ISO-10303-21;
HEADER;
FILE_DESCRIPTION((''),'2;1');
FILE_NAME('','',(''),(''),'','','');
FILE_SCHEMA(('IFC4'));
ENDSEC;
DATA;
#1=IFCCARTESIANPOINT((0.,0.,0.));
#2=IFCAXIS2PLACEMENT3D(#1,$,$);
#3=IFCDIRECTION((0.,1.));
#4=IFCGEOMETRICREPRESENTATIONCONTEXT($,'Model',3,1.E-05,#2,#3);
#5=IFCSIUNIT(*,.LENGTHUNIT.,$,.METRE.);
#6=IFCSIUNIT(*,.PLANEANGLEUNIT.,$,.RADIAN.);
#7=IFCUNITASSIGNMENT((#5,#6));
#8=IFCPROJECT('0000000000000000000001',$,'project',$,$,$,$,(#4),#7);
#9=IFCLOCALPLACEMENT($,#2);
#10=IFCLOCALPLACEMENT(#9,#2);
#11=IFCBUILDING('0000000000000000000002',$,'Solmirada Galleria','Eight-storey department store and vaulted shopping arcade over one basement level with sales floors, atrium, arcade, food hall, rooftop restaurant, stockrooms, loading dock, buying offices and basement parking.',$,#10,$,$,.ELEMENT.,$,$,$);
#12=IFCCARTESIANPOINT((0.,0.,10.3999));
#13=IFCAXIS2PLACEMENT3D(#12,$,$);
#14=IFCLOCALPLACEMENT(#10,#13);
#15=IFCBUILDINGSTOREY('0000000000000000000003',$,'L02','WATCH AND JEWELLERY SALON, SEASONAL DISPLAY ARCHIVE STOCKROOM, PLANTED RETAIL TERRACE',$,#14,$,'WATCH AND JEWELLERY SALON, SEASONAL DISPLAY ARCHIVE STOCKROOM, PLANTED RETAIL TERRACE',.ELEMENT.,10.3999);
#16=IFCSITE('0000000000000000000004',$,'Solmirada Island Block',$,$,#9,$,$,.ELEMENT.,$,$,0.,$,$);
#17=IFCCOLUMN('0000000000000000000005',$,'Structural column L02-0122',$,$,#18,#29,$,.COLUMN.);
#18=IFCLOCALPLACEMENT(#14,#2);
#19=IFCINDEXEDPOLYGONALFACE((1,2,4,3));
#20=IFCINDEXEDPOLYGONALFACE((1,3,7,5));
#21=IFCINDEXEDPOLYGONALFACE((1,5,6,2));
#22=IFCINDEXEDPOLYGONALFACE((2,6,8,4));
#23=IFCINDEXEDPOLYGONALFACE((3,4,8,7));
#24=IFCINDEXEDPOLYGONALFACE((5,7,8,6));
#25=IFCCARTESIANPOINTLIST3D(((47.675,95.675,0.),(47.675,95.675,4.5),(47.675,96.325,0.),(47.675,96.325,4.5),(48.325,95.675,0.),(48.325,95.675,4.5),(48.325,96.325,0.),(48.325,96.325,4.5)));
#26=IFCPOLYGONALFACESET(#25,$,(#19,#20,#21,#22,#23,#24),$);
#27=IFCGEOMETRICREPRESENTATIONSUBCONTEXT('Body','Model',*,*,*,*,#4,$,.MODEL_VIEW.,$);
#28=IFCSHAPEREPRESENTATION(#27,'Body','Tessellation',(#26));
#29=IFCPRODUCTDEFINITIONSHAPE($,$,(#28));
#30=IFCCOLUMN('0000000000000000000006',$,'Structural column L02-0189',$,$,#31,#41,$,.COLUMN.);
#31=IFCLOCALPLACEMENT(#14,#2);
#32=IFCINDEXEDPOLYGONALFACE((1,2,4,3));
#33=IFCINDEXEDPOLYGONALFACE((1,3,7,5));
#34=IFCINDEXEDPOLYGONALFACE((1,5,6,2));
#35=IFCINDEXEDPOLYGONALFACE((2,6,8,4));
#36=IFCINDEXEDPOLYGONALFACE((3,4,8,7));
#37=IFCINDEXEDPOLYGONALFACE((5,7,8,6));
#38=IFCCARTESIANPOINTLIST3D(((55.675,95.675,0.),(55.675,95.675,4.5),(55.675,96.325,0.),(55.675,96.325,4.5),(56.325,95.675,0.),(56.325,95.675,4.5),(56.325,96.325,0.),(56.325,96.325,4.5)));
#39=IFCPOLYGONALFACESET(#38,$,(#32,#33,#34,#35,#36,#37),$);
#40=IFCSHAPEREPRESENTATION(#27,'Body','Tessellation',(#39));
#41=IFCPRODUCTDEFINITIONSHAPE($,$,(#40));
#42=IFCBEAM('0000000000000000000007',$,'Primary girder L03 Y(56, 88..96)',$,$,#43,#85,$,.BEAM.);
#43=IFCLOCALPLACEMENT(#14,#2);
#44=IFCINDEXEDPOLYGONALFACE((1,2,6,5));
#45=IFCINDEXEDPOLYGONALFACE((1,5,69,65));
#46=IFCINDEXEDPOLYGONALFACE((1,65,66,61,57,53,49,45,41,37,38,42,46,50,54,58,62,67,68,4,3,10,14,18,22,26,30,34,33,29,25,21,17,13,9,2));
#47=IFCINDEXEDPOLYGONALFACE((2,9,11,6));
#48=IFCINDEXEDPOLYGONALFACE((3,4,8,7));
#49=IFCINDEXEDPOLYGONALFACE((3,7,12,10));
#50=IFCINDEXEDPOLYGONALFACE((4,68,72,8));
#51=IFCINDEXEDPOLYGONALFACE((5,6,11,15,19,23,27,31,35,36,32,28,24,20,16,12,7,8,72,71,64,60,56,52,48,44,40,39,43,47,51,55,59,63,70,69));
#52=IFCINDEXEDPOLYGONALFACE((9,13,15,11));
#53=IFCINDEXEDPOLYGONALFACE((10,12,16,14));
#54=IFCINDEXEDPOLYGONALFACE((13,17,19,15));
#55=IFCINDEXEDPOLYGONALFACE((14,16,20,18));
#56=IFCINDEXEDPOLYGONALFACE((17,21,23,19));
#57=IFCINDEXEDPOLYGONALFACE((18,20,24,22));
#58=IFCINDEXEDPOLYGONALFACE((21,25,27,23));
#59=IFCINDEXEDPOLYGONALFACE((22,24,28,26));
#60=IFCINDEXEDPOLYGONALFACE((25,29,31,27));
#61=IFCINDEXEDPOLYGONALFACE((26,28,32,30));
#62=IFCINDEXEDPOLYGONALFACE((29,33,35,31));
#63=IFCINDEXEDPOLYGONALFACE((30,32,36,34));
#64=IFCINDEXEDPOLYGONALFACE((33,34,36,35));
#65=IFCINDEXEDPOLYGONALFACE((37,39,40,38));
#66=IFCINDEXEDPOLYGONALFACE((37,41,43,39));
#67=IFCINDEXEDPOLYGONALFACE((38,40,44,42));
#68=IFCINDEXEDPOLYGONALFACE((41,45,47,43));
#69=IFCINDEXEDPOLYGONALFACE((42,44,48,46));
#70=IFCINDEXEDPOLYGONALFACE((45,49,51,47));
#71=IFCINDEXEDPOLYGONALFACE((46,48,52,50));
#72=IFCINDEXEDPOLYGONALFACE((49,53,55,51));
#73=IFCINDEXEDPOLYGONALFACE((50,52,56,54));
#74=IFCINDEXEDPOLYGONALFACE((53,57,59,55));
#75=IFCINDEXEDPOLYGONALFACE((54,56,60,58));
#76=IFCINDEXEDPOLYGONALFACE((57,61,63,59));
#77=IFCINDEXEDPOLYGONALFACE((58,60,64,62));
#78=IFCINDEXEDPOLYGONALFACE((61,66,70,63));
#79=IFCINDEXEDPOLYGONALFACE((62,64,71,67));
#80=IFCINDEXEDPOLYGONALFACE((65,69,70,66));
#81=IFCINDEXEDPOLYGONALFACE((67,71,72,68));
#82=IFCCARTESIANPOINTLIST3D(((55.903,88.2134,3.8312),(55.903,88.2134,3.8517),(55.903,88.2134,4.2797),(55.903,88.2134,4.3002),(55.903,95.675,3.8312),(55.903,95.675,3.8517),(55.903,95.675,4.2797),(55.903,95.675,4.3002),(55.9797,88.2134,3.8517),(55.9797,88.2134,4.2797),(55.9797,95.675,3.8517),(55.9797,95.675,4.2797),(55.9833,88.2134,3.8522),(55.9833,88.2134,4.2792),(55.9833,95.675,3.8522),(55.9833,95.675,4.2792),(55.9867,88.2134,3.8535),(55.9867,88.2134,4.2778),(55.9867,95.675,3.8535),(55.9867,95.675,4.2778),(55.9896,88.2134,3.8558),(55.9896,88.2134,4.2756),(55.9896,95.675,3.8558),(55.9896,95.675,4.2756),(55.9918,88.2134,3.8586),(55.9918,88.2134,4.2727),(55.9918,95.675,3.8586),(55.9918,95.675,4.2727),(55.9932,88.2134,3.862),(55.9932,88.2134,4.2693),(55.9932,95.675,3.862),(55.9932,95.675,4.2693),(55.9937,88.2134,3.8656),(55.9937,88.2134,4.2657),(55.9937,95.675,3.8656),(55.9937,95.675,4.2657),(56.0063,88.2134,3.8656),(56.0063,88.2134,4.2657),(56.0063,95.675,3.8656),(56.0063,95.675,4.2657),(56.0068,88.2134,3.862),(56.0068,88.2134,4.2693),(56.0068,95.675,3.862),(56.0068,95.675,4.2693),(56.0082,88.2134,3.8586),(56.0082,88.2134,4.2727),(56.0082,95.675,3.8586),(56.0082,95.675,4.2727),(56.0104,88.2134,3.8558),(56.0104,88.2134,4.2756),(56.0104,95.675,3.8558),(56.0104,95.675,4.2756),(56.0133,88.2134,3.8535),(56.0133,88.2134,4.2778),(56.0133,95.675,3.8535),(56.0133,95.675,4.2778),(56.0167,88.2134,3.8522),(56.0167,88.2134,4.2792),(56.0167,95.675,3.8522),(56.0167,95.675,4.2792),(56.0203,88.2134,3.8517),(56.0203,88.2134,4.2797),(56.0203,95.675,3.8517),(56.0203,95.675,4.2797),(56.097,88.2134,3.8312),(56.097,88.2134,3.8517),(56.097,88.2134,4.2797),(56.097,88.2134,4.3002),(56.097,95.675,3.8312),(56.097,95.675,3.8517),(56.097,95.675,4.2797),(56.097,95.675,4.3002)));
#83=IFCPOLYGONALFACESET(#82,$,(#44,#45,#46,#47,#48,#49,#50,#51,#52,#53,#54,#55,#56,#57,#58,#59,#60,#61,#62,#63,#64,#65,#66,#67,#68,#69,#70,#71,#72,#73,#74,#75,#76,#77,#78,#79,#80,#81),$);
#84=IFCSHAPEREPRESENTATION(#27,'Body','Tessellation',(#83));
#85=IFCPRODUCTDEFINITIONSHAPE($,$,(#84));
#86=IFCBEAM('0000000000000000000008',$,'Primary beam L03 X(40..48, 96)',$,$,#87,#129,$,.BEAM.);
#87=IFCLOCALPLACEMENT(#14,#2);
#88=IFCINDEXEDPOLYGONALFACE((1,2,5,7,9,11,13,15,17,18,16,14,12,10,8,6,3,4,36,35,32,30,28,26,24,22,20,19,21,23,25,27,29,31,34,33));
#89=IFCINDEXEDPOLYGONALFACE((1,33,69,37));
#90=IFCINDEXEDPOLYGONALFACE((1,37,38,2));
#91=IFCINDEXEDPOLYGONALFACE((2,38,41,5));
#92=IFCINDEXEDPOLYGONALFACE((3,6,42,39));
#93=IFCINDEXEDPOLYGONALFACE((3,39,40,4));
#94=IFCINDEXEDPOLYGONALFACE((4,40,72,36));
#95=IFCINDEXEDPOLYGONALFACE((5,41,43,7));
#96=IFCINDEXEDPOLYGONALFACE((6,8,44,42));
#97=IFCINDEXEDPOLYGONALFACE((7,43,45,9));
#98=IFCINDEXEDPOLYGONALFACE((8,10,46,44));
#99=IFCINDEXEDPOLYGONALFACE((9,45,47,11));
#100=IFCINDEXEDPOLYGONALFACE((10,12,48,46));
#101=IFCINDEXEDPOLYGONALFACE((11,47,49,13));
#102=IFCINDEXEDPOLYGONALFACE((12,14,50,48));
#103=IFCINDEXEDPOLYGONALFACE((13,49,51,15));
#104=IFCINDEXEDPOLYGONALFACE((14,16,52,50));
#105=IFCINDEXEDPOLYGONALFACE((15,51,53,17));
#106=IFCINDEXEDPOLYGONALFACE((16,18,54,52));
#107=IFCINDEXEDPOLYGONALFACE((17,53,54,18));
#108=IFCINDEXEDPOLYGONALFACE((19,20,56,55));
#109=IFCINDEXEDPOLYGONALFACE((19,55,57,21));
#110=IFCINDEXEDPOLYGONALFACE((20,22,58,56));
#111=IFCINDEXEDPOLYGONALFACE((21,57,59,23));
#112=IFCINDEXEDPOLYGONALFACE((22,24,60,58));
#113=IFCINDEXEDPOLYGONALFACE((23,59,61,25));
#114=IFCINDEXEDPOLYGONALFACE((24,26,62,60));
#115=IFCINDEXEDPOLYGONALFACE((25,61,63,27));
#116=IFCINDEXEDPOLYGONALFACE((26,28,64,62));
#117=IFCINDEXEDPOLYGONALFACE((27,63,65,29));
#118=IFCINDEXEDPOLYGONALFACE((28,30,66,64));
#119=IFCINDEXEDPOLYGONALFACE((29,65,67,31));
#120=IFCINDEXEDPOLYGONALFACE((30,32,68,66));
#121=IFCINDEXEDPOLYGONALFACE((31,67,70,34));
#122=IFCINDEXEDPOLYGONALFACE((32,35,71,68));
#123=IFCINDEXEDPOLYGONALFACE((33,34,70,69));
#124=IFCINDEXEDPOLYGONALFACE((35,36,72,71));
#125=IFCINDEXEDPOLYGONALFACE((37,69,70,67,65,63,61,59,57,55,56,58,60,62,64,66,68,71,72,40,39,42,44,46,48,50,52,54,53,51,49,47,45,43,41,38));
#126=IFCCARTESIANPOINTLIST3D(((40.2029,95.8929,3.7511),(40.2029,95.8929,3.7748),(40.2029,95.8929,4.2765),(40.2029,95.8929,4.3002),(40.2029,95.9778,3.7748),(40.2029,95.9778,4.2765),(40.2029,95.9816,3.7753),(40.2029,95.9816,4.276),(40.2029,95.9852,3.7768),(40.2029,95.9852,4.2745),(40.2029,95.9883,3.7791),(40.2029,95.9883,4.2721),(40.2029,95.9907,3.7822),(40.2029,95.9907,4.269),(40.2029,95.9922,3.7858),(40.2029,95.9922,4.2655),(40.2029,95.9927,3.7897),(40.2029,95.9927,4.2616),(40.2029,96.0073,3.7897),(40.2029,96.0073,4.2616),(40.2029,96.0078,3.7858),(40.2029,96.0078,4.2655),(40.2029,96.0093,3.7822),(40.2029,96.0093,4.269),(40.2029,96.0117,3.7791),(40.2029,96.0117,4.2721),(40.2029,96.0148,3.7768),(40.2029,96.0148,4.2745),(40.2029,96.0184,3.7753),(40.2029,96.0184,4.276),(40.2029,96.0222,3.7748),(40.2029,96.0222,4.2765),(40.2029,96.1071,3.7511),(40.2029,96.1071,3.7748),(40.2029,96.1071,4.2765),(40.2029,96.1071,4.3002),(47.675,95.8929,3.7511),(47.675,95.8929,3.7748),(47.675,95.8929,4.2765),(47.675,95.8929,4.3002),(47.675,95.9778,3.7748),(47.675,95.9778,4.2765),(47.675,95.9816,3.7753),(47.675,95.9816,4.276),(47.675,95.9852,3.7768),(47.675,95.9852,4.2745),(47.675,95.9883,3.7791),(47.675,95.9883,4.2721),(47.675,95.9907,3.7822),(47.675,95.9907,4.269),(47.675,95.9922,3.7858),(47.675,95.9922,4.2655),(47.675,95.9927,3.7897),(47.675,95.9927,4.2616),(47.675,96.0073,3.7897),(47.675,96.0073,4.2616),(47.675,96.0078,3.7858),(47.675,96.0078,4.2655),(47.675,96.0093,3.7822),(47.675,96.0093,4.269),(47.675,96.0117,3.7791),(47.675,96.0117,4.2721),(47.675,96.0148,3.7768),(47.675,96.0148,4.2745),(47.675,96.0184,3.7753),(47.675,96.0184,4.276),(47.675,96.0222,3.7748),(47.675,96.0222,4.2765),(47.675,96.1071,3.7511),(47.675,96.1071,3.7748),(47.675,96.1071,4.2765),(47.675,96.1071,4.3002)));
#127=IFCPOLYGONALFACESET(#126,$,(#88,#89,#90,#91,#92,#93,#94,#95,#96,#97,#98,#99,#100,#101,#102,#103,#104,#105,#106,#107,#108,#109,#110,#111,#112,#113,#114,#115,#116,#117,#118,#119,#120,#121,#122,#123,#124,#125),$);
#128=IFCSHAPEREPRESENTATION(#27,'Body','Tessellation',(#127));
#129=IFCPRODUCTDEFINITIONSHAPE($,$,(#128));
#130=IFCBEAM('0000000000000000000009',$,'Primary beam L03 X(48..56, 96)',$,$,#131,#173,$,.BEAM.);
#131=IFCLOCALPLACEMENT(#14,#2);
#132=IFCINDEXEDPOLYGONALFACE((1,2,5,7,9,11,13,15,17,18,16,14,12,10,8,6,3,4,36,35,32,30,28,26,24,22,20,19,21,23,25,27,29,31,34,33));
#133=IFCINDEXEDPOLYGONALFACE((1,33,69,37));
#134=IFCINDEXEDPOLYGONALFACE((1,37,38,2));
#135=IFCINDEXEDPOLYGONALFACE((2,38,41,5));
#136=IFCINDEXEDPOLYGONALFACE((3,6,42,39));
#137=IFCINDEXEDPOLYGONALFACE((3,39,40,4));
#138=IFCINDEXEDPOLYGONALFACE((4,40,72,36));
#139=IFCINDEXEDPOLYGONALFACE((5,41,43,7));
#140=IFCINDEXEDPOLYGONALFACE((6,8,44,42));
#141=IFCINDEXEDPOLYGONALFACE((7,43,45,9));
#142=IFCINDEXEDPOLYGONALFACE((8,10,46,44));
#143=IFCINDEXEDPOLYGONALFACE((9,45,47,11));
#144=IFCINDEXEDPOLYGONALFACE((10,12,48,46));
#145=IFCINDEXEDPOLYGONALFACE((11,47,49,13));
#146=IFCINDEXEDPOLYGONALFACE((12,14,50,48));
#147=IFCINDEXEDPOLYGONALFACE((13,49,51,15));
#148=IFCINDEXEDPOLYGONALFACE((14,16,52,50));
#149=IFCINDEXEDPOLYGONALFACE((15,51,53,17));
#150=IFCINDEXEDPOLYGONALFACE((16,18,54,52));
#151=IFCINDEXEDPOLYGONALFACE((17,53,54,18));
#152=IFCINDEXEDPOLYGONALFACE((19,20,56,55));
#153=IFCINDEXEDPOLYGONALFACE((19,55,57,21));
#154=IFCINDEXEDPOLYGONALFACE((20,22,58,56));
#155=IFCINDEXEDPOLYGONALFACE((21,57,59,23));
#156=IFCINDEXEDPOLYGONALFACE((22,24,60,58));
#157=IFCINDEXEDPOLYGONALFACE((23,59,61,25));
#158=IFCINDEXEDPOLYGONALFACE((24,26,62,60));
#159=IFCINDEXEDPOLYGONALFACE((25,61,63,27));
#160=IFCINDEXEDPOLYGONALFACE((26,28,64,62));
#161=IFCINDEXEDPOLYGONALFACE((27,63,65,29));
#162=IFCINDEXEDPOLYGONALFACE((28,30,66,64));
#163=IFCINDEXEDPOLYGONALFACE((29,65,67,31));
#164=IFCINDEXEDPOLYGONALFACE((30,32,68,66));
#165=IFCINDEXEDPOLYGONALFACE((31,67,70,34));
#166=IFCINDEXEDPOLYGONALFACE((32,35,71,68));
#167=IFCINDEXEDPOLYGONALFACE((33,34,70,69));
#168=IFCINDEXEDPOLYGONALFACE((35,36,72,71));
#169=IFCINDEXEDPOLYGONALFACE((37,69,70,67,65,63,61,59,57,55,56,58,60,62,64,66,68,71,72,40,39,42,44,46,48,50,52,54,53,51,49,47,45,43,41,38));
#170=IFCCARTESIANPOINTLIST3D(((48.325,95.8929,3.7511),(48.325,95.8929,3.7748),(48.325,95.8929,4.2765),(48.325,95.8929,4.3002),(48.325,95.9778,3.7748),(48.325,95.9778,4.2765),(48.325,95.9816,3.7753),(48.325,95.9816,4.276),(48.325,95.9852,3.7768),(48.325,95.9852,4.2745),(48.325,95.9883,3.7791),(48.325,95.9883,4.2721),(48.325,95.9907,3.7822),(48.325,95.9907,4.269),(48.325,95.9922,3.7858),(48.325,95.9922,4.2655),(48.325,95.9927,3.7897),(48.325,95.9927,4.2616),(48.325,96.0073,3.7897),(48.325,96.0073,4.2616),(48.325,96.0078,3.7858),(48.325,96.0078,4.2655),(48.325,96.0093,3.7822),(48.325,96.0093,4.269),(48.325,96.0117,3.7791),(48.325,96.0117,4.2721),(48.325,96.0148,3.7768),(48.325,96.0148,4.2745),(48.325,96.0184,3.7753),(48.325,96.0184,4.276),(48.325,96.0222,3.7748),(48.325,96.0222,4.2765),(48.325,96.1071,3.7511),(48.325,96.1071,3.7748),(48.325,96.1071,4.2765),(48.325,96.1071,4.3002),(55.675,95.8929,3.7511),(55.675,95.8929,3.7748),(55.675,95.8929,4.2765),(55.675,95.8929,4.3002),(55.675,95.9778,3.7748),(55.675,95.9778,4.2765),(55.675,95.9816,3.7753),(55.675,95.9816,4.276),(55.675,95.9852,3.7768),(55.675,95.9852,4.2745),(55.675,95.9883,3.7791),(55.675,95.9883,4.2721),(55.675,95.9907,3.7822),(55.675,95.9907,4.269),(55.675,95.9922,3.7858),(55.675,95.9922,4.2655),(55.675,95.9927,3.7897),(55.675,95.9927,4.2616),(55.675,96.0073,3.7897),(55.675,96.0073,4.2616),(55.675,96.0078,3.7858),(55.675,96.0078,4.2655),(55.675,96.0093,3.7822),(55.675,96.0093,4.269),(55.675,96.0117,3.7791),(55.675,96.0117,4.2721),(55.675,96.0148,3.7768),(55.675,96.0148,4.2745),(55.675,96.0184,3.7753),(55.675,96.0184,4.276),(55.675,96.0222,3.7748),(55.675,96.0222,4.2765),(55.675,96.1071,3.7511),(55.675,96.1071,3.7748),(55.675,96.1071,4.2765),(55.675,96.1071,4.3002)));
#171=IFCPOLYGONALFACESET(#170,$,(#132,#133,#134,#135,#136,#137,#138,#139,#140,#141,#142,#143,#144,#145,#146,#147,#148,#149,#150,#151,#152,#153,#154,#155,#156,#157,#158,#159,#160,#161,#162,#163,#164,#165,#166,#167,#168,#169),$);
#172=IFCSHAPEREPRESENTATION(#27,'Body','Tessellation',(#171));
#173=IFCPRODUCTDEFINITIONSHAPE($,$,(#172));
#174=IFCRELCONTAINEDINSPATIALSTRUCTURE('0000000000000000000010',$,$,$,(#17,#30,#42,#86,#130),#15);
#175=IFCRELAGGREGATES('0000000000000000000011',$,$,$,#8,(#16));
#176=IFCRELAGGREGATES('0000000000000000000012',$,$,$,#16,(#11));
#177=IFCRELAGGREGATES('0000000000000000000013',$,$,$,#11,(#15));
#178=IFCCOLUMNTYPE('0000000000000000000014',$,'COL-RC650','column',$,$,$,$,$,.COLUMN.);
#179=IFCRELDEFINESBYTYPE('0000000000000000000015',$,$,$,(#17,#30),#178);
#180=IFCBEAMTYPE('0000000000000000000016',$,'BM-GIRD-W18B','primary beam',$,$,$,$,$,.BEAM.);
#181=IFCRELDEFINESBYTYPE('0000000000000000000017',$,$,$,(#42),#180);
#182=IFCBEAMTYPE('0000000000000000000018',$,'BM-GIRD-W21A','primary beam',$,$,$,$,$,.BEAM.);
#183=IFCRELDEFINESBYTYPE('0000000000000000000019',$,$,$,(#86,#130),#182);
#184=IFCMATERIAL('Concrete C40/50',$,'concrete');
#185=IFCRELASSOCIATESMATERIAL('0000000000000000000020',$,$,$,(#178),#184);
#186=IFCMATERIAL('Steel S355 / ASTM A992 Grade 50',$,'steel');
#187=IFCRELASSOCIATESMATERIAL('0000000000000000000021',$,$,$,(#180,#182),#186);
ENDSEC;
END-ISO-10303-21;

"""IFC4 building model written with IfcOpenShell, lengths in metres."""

from ifc_helpers import new_model, si_unit, direction, frame, origin, origin_2d, place, context, subcontext, project, spatial, rectangle, i_section, extrude, material, material_profile, profile_set, type_object, element, save


model = new_model("IFC4")

# Units and contexts
model_context = context("Model", 3, precision=1e-05, world=origin(), true_north=direction((0.0, 1.0)))
body_context = subcontext(model_context, "Body", "Model", "MODEL_VIEW")
ifc_project = project(units=[si_unit("LENGTHUNIT", "METRE"), si_unit("PLANEANGLEUNIT", "RADIAN")], contexts=[model_context])

# Site, building, storey
site_placement = place(None, origin())
site = spatial("IfcSite", under=ifc_project, at=site_placement, Name="Solmirada Island Block", CompositionType="ELEMENT", RefElevation=0.0)
building_placement = place(site_placement, origin())
building = spatial("IfcBuilding", under=site, at=building_placement, Name="Solmirada Galleria", Description="Eight-storey department store and vaulted shopping arcade over one basement level with sales floors, atrium, arcade, food hall, rooftop restaurant, stockrooms, loading dock, buying offices and basement parking.", CompositionType="ELEMENT")
storey_placement = place(building_placement, frame((0.0, 0.0, 10.3999)))
storey = spatial("IfcBuildingStorey", under=building, at=storey_placement, Name="L02", Description="WATCH AND JEWELLERY SALON, SEASONAL DISPLAY ARCHIVE STOCKROOM, PLANTED RETAIL TERRACE", LongName="WATCH AND JEWELLERY SALON, SEASONAL DISPLAY ARCHIVE STOCKROOM, PLANTED RETAIL TERRACE", CompositionType="ELEMENT", Elevation=10.3999)

# Columns
ifc_material_1 = material(Name="Concrete C40/50", Category="concrete")
ifc_material_profile_1 = material_profile(ifc_material_1, rectangle(XDim=0.6499, YDim=0.6499, at=origin_2d()), Name="RC650X650")
ifc_profile_set_1 = profile_set([ifc_material_profile_1], Name="Concrete C40/50")
column_type_1 = type_object("IfcColumnType", Name="COL-RC650", Description="column", PredefinedType="COLUMN", material=ifc_profile_set_1)
for number, where, z_axis, x_axis, name in (
    (1, (48.0, 96.0, 0.0), (0.0, 0.0, 1.0), (1.0, 0.0, 0.0), "Structural column L02-0122"),
    (2, (56.0, 96.0, 0.0), (0.0, 0.0, 1.0), (1.0, 0.0, 0.0), "Structural column L02-0189"),
):
    element("IfcColumn", number, at=place(storey_placement, frame(where, z_axis=z_axis, x_axis=x_axis)), inside=storey, type_object=column_type_1, Name=name, PredefinedType="COLUMN", context=body_context, shape_type="SweptSolid", body=[
        extrude(rectangle(XDim=0.6499, YDim=0.6499, at=origin_2d()), origin(), (0.0, 0.0, 1.0), 4.5),
    ])

# Beams
ifc_material_2 = material(Name="Steel S355 / ASTM A992 Grade 50", Category="steel")
ifc_material_profile_2 = material_profile(ifc_material_2, i_section(OverallWidth=0.1941, OverallDepth=0.469, WebThickness=0.0127, FlangeThickness=0.0205, FilletRadius=0.0139, at=origin_2d()), Name="W18X71")
ifc_profile_set_2 = profile_set([ifc_material_profile_2], Name="Steel S355 / ASTM A992 Grade 50")
beam_type_1 = type_object("IfcBeamType", Name="BM-GIRD-W18B", Description="primary beam", PredefinedType="BEAM", material=ifc_profile_set_2)
beam_1_placement = place(storey_placement, frame((56.0, 88.2134, 4.0657), z_axis=(0.0, 1.0, 0.0), x_axis=(-1.0, 0.0, 0.0)))
element("IfcBeam", 3, at=beam_1_placement, inside=storey, type_object=beam_type_1, Name="Primary girder L03 Y(56, 88..96)", PredefinedType="BEAM", context=body_context, shape_type="SweptSolid", body=[
    extrude(i_section(OverallWidth=0.1941, OverallDepth=0.469, WebThickness=0.0127, FlangeThickness=0.0205, FilletRadius=0.0139, at=origin_2d()), origin(), (0.0, 0.0, 1.0), 7.4617),
])
ifc_material_profile_3 = material_profile(ifc_material_2, i_section(OverallWidth=0.2141, OverallDepth=0.5491, WebThickness=0.0146, FlangeThickness=0.0237, FilletRadius=0.0149, at=origin_2d()), Name="W21X93")
ifc_profile_set_3 = profile_set([ifc_material_profile_3], Name="Steel S355 / ASTM A992 Grade 50")
beam_type_2 = type_object("IfcBeamType", Name="BM-GIRD-W21A", Description="primary beam", PredefinedType="BEAM", material=ifc_profile_set_3)
beam_2_placement = place(storey_placement, frame((40.2029, 96.0, 4.0256), z_axis=(1.0, 0.0, 0.0), x_axis=(0.0, 1.0, 0.0)))
element("IfcBeam", 4, at=beam_2_placement, inside=storey, type_object=beam_type_2, Name="Primary beam L03 X(40..48, 96)", PredefinedType="BEAM", context=body_context, shape_type="SweptSolid", body=[
    extrude(i_section(OverallWidth=0.2141, OverallDepth=0.5491, WebThickness=0.0146, FlangeThickness=0.0237, FilletRadius=0.0149, at=origin_2d()), origin(), (0.0, 0.0, 1.0), 7.4722),
])
beam_3_placement = place(storey_placement, frame((48.325, 96.0, 4.0256), z_axis=(1.0, 0.0, 0.0), x_axis=(0.0, 1.0, 0.0)))
element("IfcBeam", 5, at=beam_3_placement, inside=storey, type_object=beam_type_2, Name="Primary beam L03 X(48..56, 96)", PredefinedType="BEAM", context=body_context, shape_type="SweptSolid", body=[
    extrude(i_section(OverallWidth=0.2141, OverallDepth=0.5491, WebThickness=0.0146, FlangeThickness=0.0237, FilletRadius=0.0149, at=origin_2d()), origin(), (0.0, 0.0, 1.0), 7.3501),
])

save(model, "model.ifc")
